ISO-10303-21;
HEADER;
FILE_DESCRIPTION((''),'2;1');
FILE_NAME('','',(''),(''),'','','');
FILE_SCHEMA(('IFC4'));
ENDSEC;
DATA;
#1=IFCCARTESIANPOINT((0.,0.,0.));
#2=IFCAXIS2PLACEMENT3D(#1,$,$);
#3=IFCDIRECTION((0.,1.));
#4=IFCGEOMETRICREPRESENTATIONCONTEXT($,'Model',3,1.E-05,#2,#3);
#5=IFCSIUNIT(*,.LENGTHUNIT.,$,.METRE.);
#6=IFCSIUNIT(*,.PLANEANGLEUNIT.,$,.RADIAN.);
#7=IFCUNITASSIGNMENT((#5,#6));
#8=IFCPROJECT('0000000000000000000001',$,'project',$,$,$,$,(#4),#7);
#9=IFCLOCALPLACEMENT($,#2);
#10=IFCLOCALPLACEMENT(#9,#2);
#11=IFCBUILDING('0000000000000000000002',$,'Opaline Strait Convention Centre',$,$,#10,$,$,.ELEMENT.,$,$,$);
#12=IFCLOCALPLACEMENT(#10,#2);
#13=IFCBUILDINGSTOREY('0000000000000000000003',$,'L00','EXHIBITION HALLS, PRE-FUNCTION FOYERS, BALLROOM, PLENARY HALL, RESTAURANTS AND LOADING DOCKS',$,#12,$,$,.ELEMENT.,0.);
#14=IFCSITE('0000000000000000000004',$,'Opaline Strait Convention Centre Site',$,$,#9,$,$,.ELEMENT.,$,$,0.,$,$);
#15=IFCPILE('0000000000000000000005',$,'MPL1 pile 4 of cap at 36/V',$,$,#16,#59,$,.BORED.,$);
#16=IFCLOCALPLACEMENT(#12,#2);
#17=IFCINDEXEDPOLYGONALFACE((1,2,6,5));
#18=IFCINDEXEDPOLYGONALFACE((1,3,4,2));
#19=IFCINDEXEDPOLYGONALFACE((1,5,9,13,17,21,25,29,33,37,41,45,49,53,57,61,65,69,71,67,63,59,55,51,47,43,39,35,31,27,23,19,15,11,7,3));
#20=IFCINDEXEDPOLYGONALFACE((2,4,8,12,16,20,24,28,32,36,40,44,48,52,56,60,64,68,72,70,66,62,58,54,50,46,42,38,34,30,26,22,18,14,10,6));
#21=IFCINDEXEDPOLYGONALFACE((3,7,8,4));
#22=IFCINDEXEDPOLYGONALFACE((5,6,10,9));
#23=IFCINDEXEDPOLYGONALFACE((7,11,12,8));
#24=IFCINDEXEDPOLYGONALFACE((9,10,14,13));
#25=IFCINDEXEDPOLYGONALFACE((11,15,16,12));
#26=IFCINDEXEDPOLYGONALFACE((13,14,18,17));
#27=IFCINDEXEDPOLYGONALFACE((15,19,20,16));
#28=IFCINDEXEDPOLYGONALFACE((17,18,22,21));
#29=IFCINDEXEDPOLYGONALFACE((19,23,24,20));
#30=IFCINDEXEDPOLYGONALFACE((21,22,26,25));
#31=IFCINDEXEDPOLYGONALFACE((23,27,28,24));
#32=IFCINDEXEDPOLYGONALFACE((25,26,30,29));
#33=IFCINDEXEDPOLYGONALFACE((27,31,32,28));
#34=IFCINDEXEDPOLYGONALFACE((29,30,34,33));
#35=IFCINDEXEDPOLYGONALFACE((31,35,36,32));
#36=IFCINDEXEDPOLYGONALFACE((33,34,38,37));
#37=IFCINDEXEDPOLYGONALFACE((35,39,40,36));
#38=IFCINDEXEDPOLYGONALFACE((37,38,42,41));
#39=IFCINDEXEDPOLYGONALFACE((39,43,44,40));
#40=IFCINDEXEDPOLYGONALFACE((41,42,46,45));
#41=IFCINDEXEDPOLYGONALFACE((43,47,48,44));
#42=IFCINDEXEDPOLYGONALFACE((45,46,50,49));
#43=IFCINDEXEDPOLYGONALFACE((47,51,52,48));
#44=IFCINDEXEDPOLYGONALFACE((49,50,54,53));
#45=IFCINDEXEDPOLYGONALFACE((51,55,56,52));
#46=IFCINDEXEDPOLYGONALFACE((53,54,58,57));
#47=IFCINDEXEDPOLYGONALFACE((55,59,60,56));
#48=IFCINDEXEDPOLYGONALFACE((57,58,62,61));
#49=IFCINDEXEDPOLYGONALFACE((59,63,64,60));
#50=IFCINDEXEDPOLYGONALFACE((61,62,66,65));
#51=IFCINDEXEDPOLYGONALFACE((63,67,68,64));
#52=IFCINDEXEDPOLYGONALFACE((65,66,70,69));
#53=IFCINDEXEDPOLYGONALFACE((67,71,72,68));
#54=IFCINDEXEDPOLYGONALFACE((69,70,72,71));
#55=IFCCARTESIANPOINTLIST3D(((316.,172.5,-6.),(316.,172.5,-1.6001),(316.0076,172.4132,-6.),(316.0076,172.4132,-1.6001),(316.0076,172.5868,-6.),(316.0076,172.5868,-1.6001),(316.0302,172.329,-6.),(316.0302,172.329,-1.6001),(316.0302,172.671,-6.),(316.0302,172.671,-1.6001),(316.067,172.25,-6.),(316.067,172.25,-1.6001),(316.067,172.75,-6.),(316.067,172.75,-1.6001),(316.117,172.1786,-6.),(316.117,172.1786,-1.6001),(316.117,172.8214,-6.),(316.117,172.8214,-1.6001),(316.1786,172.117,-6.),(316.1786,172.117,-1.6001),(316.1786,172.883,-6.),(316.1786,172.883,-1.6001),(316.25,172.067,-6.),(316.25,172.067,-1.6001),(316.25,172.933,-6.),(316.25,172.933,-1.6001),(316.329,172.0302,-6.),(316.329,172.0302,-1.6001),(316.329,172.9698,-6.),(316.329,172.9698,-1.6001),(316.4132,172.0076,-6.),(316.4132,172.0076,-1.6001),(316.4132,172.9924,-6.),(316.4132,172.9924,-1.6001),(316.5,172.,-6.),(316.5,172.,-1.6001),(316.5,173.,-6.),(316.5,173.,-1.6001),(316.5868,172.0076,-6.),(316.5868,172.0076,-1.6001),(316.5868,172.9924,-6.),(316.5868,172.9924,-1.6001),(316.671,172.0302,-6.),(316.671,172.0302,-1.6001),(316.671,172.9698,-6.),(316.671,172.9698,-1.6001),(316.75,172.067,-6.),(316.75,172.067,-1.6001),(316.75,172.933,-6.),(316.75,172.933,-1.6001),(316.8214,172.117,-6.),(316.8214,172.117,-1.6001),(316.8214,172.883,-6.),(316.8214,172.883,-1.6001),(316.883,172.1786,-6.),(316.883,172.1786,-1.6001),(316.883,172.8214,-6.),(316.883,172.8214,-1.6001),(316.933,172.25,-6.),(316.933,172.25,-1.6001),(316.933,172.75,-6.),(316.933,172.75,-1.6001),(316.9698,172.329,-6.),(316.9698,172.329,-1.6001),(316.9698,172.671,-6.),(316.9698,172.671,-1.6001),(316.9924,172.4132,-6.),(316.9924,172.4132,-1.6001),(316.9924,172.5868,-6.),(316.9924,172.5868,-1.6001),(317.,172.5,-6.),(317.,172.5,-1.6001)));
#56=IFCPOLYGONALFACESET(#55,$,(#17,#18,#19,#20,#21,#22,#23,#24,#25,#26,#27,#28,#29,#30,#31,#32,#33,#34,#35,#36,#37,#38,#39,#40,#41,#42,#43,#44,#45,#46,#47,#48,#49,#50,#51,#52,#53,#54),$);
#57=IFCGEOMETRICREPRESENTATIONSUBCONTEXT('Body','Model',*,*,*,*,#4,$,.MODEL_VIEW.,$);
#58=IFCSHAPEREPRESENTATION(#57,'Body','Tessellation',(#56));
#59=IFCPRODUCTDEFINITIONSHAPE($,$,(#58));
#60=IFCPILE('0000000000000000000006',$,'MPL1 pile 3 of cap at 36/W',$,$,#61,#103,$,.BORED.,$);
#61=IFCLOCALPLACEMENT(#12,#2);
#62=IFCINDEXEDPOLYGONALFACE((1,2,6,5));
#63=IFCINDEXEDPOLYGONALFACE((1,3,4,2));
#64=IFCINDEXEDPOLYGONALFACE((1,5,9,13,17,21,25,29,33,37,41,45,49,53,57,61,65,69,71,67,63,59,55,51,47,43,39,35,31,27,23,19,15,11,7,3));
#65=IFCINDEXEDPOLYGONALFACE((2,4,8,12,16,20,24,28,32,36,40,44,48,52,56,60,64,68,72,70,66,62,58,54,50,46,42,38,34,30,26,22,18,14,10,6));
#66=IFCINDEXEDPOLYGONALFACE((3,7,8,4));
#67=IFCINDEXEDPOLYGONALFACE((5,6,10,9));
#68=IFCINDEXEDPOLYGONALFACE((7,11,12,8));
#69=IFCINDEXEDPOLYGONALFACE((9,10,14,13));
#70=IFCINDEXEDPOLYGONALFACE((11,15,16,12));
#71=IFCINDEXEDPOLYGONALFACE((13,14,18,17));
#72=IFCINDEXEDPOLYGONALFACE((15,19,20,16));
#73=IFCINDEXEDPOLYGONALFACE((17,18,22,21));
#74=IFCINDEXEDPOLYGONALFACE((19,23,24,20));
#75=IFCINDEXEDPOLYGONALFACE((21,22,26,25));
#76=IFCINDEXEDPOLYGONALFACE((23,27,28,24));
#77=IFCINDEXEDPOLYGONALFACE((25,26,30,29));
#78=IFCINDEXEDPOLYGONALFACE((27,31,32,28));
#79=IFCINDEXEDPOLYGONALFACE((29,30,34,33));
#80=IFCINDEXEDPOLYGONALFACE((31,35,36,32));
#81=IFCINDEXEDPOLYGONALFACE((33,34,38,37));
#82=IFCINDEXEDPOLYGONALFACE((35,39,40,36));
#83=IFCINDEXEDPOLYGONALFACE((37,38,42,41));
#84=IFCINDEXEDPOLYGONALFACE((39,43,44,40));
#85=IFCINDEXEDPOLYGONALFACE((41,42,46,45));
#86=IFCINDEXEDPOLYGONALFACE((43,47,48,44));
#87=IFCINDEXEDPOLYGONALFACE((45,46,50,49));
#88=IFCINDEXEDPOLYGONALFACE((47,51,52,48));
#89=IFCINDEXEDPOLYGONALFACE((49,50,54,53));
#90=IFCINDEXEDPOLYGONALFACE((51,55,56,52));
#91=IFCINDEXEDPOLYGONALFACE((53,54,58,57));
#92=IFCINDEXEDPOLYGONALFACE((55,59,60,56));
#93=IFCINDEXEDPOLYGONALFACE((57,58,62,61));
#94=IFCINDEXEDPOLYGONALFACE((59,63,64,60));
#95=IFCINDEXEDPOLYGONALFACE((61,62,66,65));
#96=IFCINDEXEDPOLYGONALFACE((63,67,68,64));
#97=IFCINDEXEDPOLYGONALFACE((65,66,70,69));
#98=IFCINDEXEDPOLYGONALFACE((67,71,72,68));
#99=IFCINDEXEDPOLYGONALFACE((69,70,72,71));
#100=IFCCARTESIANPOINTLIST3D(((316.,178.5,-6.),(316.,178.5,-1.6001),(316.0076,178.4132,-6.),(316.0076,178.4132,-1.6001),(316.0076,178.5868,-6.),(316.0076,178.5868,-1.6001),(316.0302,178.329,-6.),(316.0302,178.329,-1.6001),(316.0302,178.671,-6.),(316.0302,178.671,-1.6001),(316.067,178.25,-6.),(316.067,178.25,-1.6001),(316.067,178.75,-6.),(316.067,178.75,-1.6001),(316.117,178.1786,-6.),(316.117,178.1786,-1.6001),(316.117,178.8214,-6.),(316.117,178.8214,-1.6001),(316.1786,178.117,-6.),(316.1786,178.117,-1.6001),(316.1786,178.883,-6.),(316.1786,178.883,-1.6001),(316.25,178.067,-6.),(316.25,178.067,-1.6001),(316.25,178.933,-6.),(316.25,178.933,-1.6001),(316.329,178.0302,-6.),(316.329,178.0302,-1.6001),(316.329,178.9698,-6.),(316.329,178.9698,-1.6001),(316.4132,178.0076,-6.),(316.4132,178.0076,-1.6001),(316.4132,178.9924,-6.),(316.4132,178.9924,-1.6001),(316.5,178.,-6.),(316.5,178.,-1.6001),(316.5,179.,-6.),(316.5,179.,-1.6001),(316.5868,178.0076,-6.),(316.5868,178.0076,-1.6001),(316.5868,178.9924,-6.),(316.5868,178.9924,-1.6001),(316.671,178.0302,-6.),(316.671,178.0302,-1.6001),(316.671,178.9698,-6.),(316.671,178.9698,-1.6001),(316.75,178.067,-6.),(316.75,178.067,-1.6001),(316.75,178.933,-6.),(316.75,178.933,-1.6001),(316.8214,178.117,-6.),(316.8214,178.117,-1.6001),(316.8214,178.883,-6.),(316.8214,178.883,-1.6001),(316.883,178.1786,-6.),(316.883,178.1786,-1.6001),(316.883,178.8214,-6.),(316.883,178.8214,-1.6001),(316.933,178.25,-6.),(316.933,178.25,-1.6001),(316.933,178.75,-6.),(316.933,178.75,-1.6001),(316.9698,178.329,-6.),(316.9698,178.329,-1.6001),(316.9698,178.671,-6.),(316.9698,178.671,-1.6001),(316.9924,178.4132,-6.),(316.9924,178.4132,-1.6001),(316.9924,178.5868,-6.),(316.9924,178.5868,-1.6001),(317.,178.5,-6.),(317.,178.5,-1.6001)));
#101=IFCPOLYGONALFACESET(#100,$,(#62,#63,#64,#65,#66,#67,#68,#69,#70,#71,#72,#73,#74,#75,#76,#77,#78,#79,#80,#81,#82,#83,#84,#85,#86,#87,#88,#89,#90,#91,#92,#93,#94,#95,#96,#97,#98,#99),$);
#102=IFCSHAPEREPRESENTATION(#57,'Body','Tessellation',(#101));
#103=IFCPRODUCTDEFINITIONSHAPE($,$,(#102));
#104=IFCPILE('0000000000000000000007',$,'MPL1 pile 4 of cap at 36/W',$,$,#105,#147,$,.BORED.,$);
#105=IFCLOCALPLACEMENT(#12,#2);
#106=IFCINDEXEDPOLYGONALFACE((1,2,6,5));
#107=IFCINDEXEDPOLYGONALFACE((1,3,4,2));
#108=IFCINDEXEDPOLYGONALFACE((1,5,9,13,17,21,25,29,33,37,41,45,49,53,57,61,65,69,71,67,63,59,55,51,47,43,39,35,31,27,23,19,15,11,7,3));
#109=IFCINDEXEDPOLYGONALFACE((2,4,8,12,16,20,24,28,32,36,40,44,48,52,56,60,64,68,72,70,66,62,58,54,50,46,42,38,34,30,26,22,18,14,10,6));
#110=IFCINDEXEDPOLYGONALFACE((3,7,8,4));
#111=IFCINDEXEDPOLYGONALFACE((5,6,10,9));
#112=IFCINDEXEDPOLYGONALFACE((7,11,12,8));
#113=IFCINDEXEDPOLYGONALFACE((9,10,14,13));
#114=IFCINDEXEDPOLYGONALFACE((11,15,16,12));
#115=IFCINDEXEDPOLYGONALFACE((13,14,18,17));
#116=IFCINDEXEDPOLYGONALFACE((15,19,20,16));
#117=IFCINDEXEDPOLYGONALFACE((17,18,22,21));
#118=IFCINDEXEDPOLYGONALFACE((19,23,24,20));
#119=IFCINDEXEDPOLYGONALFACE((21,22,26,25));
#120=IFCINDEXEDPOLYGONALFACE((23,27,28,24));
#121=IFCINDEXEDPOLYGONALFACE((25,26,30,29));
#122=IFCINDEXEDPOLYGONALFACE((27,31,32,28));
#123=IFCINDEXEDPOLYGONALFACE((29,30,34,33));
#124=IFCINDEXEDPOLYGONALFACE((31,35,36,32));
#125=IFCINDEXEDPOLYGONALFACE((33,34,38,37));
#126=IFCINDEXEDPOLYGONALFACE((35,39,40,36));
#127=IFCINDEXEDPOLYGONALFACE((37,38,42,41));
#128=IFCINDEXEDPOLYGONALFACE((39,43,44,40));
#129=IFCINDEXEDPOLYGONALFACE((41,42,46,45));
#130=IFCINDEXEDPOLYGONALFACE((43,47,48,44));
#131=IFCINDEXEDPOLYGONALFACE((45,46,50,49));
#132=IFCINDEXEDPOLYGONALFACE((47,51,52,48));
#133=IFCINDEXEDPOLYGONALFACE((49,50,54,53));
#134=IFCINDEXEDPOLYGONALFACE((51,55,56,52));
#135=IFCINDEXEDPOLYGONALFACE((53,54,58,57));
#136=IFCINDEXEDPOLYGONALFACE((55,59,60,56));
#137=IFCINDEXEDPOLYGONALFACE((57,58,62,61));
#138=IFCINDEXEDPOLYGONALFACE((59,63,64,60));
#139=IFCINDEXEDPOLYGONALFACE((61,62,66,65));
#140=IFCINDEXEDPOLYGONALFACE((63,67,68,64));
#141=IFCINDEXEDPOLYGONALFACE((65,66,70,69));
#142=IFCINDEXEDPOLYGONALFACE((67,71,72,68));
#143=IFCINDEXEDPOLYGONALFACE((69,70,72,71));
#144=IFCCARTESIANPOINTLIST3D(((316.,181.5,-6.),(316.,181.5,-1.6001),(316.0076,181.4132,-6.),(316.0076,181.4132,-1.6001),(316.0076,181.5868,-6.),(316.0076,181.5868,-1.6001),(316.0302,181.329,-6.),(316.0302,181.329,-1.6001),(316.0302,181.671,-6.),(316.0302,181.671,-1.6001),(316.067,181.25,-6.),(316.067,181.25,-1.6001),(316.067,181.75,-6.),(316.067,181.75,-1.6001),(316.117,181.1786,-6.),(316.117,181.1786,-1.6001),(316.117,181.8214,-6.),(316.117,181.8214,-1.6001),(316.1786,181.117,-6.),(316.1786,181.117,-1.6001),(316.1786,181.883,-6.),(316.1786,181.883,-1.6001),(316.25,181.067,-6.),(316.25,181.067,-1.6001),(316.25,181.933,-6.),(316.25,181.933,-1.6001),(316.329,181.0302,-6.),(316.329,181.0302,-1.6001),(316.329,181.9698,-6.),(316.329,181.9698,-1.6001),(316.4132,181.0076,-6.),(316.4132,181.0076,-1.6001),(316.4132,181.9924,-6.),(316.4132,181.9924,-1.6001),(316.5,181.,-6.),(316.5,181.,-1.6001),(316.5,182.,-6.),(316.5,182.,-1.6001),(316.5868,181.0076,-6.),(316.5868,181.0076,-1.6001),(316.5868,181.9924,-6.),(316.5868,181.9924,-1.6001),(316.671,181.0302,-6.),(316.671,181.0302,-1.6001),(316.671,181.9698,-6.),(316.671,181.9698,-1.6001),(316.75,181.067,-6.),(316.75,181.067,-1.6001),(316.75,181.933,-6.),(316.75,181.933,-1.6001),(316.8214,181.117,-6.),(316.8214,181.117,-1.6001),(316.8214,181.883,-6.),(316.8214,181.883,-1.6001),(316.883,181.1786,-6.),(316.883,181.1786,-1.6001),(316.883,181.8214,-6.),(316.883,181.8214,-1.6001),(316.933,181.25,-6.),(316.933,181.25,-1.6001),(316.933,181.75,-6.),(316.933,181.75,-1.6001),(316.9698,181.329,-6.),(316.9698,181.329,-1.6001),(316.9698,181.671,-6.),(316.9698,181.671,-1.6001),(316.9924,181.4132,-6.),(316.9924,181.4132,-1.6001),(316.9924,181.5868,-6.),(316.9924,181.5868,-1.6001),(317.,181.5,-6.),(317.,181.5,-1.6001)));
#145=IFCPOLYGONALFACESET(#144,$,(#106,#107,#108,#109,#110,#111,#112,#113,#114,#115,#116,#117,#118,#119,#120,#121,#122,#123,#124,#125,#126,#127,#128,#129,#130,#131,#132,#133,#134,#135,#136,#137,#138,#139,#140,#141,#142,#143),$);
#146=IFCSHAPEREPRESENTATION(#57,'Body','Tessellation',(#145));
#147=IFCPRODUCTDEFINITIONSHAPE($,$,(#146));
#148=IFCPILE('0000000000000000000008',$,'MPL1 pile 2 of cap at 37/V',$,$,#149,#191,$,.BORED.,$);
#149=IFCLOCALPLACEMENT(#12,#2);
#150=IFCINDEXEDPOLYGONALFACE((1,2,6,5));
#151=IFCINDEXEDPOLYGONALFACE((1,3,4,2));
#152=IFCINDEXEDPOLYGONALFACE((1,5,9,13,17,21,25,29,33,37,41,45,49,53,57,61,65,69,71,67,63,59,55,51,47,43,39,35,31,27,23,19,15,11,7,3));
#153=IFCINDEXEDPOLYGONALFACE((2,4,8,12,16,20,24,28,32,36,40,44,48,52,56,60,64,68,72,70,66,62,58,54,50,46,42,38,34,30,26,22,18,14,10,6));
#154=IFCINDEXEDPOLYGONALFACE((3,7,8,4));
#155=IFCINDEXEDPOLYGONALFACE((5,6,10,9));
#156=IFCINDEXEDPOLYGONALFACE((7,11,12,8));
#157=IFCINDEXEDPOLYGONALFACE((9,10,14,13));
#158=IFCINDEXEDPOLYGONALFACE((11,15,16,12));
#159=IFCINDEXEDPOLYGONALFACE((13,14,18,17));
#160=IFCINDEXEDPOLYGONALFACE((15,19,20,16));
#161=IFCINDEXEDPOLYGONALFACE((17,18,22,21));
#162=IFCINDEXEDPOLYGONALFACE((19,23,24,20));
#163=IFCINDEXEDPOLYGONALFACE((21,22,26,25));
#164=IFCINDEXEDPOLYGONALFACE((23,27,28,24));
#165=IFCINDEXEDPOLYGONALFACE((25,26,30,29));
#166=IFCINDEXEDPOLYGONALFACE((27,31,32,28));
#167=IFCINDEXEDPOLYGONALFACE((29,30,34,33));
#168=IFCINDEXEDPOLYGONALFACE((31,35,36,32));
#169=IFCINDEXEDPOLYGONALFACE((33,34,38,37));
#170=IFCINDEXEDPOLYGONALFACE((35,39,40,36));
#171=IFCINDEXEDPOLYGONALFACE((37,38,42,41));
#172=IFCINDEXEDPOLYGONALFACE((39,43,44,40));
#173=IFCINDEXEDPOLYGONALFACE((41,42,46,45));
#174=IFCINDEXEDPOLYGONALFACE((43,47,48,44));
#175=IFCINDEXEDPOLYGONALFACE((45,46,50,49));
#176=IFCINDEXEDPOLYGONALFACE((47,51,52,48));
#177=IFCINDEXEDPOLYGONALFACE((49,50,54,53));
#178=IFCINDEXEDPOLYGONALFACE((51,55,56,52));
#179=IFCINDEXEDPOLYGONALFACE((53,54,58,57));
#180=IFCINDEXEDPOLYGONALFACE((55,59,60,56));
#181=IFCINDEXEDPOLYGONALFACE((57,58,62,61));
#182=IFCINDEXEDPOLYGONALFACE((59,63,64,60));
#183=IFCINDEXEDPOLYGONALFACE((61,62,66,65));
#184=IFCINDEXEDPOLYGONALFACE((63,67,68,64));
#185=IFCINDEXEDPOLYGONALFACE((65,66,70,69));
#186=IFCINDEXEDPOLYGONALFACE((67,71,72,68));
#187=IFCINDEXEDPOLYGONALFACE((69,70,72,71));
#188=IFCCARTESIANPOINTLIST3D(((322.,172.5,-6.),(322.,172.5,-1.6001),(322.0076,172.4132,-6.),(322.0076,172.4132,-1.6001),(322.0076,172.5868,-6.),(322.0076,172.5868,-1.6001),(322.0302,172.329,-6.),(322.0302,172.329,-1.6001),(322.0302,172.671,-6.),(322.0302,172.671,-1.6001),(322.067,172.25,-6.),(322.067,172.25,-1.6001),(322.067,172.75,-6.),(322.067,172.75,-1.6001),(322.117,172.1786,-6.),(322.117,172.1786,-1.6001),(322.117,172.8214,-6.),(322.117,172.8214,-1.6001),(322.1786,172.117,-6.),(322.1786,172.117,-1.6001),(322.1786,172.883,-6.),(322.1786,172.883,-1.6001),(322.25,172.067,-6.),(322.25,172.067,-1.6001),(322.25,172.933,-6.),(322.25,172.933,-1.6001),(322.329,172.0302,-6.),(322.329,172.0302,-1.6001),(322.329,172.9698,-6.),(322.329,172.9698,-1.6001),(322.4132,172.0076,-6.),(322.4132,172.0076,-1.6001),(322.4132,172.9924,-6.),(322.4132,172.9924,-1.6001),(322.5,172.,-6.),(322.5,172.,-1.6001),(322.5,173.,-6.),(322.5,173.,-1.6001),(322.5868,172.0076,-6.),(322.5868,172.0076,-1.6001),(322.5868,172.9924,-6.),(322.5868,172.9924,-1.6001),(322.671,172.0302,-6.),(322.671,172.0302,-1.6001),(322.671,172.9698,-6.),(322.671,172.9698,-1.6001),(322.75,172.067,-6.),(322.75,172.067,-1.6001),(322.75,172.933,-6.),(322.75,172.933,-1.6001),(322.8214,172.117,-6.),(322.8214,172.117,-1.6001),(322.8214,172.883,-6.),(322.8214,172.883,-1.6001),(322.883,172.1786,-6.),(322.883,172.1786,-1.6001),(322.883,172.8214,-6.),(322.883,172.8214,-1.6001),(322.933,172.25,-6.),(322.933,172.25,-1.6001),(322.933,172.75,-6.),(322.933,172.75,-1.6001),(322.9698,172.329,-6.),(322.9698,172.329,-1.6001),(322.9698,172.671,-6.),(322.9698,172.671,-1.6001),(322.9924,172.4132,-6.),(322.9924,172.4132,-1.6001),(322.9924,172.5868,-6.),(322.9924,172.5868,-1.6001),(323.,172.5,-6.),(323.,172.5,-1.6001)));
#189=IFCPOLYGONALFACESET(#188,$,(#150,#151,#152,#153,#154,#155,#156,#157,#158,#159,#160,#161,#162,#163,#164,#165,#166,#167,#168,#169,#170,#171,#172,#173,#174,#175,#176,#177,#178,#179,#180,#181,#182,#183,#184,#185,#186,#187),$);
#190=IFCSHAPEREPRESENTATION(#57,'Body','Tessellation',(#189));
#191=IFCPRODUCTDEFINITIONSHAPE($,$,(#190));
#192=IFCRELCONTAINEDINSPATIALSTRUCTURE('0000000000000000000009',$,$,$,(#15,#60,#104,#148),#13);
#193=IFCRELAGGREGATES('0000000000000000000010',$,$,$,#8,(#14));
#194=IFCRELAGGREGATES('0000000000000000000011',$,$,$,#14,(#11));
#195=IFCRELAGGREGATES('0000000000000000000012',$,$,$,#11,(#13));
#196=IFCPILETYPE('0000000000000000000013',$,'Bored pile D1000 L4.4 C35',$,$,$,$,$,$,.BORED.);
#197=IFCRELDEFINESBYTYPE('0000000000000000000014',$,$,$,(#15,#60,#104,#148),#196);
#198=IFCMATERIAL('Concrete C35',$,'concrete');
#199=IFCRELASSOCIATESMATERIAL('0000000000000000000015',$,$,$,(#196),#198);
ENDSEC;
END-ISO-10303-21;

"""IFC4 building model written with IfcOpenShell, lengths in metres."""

from ifc_helpers import new_model, si_unit, direction, frame, origin, origin_2d, place, context, subcontext, project, spatial, circle, extrude, material, material_profile, profile_set, type_object, element, save


model = new_model("IFC4")

# Units and contexts
model_context = context("Model", 3, precision=1e-05, world=origin(), true_north=direction((0.0, 1.0)))
body_context = subcontext(model_context, "Body", "Model", "MODEL_VIEW")
ifc_project = project(units=[si_unit("LENGTHUNIT", "METRE"), si_unit("PLANEANGLEUNIT", "RADIAN")], contexts=[model_context])

# Site, building, storey
site_placement = place(None, origin())
site = spatial("IfcSite", under=ifc_project, at=site_placement, Name="Opaline Strait Convention Centre Site", CompositionType="ELEMENT", RefElevation=0.0)
building_placement = place(site_placement, origin())
building = spatial("IfcBuilding", under=site, at=building_placement, Name="Opaline Strait Convention Centre", CompositionType="ELEMENT")
storey_placement = place(building_placement, origin())
storey = spatial("IfcBuildingStorey", under=building, at=storey_placement, Name="L00", Description="EXHIBITION HALLS, PRE-FUNCTION FOYERS, BALLROOM, PLENARY HALL, RESTAURANTS AND LOADING DOCKS", CompositionType="ELEMENT", Elevation=0.0)

# Piles
ifc_material_1 = material(Name="Concrete C35", Category="concrete")
ifc_material_profile_1 = material_profile(ifc_material_1, circle(Radius=0.5, at=origin_2d()), Name="D1000")
ifc_profile_set_1 = profile_set([ifc_material_profile_1], Name="Concrete C35")
pile_type = type_object("IfcPileType", Name="Bored pile D1000 L4.4 C35", PredefinedType="BORED", material=ifc_profile_set_1)
for number, where, z_axis, x_axis, name in (
    (1, (316.5, 172.5, -1.6001), (0.0, 0.0, -1.0), (1.0, 0.0, 0.0), "MPL1 pile 4 of cap at 36/V"),
    (2, (316.5, 178.5, -1.6001), (0.0, 0.0, -1.0), (1.0, 0.0, 0.0), "MPL1 pile 3 of cap at 36/W"),
    (3, (316.5, 181.5, -1.6001), (0.0, 0.0, -1.0), (1.0, 0.0, 0.0), "MPL1 pile 4 of cap at 36/W"),
    (4, (322.5, 172.5, -1.6001), (0.0, 0.0, -1.0), (1.0, 0.0, 0.0), "MPL1 pile 2 of cap at 37/V"),
):
    element("IfcPile", number, at=place(storey_placement, frame(where, z_axis=z_axis, x_axis=x_axis)), inside=storey, type_object=pile_type, Name=name, PredefinedType="BORED", context=body_context, shape_type="SweptSolid", body=[
        extrude(circle(Radius=0.5, at=origin_2d()), origin(), (0.0, 0.0, 1.0), 4.3999),
    ])

save(model, "model.ifc")
